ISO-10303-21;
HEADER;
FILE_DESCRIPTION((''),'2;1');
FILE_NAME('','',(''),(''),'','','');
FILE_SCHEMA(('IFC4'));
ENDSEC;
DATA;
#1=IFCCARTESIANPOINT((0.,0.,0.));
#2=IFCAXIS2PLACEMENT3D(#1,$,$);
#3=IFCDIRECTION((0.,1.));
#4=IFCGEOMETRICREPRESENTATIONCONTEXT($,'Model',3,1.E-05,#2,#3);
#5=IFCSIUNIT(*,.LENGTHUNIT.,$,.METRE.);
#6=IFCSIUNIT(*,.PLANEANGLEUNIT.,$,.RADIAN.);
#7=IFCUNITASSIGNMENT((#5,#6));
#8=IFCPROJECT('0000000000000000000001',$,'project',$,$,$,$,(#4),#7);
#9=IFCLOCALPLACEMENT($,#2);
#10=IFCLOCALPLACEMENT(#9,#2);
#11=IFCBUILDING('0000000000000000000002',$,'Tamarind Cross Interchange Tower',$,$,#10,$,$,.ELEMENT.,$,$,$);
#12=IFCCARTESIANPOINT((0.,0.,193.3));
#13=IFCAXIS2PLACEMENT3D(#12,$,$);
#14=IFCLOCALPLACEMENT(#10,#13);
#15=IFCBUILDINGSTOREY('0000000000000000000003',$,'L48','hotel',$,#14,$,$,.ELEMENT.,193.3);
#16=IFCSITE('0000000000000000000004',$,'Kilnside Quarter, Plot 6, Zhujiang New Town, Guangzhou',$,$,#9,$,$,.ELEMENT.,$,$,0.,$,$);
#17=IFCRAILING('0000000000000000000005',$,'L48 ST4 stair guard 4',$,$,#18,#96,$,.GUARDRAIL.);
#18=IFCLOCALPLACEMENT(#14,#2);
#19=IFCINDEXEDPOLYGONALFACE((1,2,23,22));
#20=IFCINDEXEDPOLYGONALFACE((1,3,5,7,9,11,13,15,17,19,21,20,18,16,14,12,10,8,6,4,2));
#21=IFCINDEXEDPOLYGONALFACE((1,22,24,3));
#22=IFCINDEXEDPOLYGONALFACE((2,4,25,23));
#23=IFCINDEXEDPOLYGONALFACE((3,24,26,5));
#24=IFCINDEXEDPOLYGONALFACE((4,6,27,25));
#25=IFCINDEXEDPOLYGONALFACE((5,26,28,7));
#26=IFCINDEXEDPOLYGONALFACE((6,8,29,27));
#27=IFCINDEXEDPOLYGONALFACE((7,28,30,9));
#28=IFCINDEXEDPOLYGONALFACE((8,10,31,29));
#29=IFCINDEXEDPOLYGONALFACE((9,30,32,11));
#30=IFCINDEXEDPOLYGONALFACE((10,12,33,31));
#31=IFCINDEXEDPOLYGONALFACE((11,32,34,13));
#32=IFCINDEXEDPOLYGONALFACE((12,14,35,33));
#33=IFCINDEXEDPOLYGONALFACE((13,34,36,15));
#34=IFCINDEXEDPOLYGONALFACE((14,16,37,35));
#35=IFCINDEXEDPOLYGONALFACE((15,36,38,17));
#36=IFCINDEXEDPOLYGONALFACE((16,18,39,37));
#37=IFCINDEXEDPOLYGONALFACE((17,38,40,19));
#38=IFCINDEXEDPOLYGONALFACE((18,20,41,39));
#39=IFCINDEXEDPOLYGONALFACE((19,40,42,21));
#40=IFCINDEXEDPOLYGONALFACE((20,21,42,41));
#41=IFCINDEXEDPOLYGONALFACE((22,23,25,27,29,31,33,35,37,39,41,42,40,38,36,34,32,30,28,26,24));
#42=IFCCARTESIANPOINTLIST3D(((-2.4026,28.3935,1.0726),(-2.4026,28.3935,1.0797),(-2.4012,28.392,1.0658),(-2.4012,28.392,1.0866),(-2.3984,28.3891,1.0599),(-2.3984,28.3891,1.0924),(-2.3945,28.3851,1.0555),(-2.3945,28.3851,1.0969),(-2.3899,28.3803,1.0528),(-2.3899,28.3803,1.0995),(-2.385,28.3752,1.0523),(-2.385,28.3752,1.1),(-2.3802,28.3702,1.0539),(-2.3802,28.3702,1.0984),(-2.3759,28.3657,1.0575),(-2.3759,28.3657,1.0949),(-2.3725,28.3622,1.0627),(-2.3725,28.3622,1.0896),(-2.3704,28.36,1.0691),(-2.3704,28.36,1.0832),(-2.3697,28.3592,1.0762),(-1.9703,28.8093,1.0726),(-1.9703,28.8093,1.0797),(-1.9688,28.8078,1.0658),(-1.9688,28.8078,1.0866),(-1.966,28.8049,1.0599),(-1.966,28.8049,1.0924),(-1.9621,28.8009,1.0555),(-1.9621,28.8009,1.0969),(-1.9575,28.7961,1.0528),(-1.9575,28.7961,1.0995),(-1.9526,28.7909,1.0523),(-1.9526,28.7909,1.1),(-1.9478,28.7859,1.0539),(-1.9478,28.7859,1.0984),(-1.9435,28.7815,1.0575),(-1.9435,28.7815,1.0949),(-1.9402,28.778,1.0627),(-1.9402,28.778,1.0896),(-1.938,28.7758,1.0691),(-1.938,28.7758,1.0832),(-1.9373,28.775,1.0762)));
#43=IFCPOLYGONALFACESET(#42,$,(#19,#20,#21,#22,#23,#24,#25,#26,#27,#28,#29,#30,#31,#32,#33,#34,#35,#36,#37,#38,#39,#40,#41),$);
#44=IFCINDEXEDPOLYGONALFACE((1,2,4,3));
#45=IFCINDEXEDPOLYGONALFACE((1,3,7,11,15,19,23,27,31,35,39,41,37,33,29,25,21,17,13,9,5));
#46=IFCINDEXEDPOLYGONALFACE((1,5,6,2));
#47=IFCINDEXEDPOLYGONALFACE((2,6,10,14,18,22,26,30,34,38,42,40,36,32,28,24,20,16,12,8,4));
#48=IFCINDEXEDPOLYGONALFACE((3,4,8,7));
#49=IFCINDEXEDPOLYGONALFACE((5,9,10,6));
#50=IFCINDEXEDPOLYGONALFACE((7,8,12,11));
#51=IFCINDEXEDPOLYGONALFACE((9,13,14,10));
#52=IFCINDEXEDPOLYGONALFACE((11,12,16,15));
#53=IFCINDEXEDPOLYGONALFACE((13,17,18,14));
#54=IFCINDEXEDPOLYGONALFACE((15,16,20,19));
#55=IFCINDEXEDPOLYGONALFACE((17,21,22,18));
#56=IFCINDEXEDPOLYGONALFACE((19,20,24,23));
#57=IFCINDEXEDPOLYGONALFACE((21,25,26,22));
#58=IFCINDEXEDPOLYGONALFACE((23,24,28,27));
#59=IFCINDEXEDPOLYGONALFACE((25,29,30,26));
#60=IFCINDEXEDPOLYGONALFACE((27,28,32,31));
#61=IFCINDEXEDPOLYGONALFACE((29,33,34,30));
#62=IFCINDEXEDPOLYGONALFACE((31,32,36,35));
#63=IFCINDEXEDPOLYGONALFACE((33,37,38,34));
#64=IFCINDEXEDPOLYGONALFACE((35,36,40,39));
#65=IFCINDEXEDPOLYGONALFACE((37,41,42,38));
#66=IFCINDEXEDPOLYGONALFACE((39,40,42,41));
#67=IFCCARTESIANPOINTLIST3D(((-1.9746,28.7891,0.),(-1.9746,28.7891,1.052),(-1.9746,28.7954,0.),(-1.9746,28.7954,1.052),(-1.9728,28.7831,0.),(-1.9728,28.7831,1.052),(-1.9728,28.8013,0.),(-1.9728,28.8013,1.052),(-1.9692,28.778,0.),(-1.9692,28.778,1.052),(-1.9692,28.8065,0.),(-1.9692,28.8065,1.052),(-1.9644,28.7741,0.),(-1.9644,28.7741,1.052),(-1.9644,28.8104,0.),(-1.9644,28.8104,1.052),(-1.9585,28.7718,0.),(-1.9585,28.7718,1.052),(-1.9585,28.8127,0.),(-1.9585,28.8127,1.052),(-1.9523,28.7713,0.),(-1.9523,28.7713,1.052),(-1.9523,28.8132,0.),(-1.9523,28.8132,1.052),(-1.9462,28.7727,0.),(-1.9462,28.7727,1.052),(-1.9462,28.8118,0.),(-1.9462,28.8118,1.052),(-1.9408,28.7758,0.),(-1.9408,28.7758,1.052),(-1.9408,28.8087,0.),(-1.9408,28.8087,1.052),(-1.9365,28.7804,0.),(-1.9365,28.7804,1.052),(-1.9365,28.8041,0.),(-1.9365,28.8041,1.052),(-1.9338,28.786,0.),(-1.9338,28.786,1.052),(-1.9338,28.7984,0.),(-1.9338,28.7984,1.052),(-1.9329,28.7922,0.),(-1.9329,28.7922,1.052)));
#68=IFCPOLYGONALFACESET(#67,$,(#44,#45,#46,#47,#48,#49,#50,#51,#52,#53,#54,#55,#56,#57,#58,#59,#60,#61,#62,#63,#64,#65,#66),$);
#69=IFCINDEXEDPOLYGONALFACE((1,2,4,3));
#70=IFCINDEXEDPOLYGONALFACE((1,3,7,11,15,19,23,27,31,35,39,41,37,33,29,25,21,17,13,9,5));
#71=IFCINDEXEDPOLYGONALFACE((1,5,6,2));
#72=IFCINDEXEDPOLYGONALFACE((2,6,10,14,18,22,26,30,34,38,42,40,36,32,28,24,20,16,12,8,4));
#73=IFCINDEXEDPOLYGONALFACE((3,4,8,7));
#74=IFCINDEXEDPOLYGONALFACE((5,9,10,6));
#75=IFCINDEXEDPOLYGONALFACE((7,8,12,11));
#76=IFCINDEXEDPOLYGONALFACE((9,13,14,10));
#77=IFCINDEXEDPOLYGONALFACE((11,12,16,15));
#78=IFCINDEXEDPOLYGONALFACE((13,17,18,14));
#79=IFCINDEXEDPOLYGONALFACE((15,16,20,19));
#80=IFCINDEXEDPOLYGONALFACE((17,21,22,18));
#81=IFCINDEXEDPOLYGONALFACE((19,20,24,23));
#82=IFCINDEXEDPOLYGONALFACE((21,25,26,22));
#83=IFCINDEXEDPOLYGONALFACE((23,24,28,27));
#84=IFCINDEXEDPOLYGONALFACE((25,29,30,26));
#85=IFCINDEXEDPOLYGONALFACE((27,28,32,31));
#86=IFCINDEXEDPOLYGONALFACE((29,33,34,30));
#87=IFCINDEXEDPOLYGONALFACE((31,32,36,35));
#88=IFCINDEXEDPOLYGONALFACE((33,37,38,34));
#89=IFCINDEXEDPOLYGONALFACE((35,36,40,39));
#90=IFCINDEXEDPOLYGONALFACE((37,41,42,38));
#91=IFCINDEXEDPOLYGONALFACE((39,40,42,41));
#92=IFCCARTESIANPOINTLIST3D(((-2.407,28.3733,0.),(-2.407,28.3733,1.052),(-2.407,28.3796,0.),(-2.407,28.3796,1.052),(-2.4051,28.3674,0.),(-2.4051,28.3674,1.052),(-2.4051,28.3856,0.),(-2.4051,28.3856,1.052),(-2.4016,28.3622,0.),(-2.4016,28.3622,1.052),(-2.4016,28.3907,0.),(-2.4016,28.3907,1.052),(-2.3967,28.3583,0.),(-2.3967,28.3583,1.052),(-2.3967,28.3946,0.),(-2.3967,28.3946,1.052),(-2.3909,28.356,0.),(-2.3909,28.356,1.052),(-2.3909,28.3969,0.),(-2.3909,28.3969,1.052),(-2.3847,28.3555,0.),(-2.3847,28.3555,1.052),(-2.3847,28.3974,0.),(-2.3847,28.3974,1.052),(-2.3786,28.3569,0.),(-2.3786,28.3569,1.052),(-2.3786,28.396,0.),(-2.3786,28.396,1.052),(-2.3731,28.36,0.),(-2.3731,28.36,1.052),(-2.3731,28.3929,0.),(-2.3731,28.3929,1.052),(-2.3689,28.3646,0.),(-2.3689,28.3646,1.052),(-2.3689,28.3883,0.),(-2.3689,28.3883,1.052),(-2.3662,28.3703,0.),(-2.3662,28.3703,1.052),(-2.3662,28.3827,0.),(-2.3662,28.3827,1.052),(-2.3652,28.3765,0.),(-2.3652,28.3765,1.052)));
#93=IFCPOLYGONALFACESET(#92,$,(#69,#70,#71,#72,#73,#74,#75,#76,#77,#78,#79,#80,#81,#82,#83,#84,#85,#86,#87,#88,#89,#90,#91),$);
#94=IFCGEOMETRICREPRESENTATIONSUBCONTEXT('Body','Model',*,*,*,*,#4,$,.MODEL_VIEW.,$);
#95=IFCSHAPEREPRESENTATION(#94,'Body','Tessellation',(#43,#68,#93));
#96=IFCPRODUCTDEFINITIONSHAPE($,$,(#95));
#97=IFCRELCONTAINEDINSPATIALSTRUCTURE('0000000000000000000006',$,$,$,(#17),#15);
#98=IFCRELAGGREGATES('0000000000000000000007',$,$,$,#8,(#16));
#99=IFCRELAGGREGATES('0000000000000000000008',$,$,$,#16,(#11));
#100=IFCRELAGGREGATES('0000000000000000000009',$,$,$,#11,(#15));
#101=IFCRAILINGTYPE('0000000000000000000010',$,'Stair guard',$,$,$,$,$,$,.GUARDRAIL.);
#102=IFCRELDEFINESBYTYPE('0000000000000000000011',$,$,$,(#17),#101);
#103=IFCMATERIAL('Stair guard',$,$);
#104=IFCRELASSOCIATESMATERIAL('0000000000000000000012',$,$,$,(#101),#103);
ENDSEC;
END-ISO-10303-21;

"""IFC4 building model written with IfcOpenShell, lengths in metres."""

from ifc_helpers import new_model, si_unit, direction, frame, origin, origin_2d, place, context, subcontext, project, spatial, circle, extrude, material, type_object, element, save


model = new_model("IFC4")

# Units and contexts
model_context = context("Model", 3, precision=1e-05, world=origin(), true_north=direction((0.0, 1.0)))
body_context = subcontext(model_context, "Body", "Model", "MODEL_VIEW")
ifc_project = project(units=[si_unit("LENGTHUNIT", "METRE"), si_unit("PLANEANGLEUNIT", "RADIAN")], contexts=[model_context])

# Site, building, storey
site_placement = place(None, origin())
site = spatial("IfcSite", under=ifc_project, at=site_placement, Name="Kilnside Quarter, Plot 6, Zhujiang New Town, Guangzhou", CompositionType="ELEMENT", RefElevation=0.0)
building_placement = place(site_placement, origin())
building = spatial("IfcBuilding", under=site, at=building_placement, Name="Tamarind Cross Interchange Tower", CompositionType="ELEMENT")
storey_placement = place(building_placement, frame((0.0, 0.0, 193.3)))
storey = spatial("IfcBuildingStorey", under=building, at=storey_placement, Name="L48", Description="hotel", CompositionType="ELEMENT", Elevation=193.3)

# Railing
ifc_material_1 = material(Name="Stair guard")
railing_type_1 = type_object("IfcRailingType", Name="Stair guard", PredefinedType="GUARDRAIL", material=ifc_material_1)
railing_1_placement = place(storey_placement, frame((-1.9539, 28.7922, 0.0)))
element("IfcRailing", 1, at=railing_1_placement, inside=storey, type_object=railing_type_1, Name="L48 ST4 stair guard 4", PredefinedType="GUARDRAIL", context=body_context, shape_type="SweptSolid", body=[
    extrude(circle(Radius=0.0239, at=origin_2d()), frame((0.0, 0.0, 1.0762), z_axis=(-0.72081, -0.693133, 0.0), x_axis=(0.693133, -0.72081, 0.0)), (0.0, 0.0, 1.0), 0.5999),
    extrude(circle(Radius=0.021, at=origin_2d()), origin(), (0.0, 0.0, 1.0), 1.052),
    extrude(circle(Radius=0.021, at=origin_2d()), frame((-0.4324, -0.4158, 0.0)), (0.0, 0.0, 1.0), 1.052),
])

save(model, "model.ifc")
